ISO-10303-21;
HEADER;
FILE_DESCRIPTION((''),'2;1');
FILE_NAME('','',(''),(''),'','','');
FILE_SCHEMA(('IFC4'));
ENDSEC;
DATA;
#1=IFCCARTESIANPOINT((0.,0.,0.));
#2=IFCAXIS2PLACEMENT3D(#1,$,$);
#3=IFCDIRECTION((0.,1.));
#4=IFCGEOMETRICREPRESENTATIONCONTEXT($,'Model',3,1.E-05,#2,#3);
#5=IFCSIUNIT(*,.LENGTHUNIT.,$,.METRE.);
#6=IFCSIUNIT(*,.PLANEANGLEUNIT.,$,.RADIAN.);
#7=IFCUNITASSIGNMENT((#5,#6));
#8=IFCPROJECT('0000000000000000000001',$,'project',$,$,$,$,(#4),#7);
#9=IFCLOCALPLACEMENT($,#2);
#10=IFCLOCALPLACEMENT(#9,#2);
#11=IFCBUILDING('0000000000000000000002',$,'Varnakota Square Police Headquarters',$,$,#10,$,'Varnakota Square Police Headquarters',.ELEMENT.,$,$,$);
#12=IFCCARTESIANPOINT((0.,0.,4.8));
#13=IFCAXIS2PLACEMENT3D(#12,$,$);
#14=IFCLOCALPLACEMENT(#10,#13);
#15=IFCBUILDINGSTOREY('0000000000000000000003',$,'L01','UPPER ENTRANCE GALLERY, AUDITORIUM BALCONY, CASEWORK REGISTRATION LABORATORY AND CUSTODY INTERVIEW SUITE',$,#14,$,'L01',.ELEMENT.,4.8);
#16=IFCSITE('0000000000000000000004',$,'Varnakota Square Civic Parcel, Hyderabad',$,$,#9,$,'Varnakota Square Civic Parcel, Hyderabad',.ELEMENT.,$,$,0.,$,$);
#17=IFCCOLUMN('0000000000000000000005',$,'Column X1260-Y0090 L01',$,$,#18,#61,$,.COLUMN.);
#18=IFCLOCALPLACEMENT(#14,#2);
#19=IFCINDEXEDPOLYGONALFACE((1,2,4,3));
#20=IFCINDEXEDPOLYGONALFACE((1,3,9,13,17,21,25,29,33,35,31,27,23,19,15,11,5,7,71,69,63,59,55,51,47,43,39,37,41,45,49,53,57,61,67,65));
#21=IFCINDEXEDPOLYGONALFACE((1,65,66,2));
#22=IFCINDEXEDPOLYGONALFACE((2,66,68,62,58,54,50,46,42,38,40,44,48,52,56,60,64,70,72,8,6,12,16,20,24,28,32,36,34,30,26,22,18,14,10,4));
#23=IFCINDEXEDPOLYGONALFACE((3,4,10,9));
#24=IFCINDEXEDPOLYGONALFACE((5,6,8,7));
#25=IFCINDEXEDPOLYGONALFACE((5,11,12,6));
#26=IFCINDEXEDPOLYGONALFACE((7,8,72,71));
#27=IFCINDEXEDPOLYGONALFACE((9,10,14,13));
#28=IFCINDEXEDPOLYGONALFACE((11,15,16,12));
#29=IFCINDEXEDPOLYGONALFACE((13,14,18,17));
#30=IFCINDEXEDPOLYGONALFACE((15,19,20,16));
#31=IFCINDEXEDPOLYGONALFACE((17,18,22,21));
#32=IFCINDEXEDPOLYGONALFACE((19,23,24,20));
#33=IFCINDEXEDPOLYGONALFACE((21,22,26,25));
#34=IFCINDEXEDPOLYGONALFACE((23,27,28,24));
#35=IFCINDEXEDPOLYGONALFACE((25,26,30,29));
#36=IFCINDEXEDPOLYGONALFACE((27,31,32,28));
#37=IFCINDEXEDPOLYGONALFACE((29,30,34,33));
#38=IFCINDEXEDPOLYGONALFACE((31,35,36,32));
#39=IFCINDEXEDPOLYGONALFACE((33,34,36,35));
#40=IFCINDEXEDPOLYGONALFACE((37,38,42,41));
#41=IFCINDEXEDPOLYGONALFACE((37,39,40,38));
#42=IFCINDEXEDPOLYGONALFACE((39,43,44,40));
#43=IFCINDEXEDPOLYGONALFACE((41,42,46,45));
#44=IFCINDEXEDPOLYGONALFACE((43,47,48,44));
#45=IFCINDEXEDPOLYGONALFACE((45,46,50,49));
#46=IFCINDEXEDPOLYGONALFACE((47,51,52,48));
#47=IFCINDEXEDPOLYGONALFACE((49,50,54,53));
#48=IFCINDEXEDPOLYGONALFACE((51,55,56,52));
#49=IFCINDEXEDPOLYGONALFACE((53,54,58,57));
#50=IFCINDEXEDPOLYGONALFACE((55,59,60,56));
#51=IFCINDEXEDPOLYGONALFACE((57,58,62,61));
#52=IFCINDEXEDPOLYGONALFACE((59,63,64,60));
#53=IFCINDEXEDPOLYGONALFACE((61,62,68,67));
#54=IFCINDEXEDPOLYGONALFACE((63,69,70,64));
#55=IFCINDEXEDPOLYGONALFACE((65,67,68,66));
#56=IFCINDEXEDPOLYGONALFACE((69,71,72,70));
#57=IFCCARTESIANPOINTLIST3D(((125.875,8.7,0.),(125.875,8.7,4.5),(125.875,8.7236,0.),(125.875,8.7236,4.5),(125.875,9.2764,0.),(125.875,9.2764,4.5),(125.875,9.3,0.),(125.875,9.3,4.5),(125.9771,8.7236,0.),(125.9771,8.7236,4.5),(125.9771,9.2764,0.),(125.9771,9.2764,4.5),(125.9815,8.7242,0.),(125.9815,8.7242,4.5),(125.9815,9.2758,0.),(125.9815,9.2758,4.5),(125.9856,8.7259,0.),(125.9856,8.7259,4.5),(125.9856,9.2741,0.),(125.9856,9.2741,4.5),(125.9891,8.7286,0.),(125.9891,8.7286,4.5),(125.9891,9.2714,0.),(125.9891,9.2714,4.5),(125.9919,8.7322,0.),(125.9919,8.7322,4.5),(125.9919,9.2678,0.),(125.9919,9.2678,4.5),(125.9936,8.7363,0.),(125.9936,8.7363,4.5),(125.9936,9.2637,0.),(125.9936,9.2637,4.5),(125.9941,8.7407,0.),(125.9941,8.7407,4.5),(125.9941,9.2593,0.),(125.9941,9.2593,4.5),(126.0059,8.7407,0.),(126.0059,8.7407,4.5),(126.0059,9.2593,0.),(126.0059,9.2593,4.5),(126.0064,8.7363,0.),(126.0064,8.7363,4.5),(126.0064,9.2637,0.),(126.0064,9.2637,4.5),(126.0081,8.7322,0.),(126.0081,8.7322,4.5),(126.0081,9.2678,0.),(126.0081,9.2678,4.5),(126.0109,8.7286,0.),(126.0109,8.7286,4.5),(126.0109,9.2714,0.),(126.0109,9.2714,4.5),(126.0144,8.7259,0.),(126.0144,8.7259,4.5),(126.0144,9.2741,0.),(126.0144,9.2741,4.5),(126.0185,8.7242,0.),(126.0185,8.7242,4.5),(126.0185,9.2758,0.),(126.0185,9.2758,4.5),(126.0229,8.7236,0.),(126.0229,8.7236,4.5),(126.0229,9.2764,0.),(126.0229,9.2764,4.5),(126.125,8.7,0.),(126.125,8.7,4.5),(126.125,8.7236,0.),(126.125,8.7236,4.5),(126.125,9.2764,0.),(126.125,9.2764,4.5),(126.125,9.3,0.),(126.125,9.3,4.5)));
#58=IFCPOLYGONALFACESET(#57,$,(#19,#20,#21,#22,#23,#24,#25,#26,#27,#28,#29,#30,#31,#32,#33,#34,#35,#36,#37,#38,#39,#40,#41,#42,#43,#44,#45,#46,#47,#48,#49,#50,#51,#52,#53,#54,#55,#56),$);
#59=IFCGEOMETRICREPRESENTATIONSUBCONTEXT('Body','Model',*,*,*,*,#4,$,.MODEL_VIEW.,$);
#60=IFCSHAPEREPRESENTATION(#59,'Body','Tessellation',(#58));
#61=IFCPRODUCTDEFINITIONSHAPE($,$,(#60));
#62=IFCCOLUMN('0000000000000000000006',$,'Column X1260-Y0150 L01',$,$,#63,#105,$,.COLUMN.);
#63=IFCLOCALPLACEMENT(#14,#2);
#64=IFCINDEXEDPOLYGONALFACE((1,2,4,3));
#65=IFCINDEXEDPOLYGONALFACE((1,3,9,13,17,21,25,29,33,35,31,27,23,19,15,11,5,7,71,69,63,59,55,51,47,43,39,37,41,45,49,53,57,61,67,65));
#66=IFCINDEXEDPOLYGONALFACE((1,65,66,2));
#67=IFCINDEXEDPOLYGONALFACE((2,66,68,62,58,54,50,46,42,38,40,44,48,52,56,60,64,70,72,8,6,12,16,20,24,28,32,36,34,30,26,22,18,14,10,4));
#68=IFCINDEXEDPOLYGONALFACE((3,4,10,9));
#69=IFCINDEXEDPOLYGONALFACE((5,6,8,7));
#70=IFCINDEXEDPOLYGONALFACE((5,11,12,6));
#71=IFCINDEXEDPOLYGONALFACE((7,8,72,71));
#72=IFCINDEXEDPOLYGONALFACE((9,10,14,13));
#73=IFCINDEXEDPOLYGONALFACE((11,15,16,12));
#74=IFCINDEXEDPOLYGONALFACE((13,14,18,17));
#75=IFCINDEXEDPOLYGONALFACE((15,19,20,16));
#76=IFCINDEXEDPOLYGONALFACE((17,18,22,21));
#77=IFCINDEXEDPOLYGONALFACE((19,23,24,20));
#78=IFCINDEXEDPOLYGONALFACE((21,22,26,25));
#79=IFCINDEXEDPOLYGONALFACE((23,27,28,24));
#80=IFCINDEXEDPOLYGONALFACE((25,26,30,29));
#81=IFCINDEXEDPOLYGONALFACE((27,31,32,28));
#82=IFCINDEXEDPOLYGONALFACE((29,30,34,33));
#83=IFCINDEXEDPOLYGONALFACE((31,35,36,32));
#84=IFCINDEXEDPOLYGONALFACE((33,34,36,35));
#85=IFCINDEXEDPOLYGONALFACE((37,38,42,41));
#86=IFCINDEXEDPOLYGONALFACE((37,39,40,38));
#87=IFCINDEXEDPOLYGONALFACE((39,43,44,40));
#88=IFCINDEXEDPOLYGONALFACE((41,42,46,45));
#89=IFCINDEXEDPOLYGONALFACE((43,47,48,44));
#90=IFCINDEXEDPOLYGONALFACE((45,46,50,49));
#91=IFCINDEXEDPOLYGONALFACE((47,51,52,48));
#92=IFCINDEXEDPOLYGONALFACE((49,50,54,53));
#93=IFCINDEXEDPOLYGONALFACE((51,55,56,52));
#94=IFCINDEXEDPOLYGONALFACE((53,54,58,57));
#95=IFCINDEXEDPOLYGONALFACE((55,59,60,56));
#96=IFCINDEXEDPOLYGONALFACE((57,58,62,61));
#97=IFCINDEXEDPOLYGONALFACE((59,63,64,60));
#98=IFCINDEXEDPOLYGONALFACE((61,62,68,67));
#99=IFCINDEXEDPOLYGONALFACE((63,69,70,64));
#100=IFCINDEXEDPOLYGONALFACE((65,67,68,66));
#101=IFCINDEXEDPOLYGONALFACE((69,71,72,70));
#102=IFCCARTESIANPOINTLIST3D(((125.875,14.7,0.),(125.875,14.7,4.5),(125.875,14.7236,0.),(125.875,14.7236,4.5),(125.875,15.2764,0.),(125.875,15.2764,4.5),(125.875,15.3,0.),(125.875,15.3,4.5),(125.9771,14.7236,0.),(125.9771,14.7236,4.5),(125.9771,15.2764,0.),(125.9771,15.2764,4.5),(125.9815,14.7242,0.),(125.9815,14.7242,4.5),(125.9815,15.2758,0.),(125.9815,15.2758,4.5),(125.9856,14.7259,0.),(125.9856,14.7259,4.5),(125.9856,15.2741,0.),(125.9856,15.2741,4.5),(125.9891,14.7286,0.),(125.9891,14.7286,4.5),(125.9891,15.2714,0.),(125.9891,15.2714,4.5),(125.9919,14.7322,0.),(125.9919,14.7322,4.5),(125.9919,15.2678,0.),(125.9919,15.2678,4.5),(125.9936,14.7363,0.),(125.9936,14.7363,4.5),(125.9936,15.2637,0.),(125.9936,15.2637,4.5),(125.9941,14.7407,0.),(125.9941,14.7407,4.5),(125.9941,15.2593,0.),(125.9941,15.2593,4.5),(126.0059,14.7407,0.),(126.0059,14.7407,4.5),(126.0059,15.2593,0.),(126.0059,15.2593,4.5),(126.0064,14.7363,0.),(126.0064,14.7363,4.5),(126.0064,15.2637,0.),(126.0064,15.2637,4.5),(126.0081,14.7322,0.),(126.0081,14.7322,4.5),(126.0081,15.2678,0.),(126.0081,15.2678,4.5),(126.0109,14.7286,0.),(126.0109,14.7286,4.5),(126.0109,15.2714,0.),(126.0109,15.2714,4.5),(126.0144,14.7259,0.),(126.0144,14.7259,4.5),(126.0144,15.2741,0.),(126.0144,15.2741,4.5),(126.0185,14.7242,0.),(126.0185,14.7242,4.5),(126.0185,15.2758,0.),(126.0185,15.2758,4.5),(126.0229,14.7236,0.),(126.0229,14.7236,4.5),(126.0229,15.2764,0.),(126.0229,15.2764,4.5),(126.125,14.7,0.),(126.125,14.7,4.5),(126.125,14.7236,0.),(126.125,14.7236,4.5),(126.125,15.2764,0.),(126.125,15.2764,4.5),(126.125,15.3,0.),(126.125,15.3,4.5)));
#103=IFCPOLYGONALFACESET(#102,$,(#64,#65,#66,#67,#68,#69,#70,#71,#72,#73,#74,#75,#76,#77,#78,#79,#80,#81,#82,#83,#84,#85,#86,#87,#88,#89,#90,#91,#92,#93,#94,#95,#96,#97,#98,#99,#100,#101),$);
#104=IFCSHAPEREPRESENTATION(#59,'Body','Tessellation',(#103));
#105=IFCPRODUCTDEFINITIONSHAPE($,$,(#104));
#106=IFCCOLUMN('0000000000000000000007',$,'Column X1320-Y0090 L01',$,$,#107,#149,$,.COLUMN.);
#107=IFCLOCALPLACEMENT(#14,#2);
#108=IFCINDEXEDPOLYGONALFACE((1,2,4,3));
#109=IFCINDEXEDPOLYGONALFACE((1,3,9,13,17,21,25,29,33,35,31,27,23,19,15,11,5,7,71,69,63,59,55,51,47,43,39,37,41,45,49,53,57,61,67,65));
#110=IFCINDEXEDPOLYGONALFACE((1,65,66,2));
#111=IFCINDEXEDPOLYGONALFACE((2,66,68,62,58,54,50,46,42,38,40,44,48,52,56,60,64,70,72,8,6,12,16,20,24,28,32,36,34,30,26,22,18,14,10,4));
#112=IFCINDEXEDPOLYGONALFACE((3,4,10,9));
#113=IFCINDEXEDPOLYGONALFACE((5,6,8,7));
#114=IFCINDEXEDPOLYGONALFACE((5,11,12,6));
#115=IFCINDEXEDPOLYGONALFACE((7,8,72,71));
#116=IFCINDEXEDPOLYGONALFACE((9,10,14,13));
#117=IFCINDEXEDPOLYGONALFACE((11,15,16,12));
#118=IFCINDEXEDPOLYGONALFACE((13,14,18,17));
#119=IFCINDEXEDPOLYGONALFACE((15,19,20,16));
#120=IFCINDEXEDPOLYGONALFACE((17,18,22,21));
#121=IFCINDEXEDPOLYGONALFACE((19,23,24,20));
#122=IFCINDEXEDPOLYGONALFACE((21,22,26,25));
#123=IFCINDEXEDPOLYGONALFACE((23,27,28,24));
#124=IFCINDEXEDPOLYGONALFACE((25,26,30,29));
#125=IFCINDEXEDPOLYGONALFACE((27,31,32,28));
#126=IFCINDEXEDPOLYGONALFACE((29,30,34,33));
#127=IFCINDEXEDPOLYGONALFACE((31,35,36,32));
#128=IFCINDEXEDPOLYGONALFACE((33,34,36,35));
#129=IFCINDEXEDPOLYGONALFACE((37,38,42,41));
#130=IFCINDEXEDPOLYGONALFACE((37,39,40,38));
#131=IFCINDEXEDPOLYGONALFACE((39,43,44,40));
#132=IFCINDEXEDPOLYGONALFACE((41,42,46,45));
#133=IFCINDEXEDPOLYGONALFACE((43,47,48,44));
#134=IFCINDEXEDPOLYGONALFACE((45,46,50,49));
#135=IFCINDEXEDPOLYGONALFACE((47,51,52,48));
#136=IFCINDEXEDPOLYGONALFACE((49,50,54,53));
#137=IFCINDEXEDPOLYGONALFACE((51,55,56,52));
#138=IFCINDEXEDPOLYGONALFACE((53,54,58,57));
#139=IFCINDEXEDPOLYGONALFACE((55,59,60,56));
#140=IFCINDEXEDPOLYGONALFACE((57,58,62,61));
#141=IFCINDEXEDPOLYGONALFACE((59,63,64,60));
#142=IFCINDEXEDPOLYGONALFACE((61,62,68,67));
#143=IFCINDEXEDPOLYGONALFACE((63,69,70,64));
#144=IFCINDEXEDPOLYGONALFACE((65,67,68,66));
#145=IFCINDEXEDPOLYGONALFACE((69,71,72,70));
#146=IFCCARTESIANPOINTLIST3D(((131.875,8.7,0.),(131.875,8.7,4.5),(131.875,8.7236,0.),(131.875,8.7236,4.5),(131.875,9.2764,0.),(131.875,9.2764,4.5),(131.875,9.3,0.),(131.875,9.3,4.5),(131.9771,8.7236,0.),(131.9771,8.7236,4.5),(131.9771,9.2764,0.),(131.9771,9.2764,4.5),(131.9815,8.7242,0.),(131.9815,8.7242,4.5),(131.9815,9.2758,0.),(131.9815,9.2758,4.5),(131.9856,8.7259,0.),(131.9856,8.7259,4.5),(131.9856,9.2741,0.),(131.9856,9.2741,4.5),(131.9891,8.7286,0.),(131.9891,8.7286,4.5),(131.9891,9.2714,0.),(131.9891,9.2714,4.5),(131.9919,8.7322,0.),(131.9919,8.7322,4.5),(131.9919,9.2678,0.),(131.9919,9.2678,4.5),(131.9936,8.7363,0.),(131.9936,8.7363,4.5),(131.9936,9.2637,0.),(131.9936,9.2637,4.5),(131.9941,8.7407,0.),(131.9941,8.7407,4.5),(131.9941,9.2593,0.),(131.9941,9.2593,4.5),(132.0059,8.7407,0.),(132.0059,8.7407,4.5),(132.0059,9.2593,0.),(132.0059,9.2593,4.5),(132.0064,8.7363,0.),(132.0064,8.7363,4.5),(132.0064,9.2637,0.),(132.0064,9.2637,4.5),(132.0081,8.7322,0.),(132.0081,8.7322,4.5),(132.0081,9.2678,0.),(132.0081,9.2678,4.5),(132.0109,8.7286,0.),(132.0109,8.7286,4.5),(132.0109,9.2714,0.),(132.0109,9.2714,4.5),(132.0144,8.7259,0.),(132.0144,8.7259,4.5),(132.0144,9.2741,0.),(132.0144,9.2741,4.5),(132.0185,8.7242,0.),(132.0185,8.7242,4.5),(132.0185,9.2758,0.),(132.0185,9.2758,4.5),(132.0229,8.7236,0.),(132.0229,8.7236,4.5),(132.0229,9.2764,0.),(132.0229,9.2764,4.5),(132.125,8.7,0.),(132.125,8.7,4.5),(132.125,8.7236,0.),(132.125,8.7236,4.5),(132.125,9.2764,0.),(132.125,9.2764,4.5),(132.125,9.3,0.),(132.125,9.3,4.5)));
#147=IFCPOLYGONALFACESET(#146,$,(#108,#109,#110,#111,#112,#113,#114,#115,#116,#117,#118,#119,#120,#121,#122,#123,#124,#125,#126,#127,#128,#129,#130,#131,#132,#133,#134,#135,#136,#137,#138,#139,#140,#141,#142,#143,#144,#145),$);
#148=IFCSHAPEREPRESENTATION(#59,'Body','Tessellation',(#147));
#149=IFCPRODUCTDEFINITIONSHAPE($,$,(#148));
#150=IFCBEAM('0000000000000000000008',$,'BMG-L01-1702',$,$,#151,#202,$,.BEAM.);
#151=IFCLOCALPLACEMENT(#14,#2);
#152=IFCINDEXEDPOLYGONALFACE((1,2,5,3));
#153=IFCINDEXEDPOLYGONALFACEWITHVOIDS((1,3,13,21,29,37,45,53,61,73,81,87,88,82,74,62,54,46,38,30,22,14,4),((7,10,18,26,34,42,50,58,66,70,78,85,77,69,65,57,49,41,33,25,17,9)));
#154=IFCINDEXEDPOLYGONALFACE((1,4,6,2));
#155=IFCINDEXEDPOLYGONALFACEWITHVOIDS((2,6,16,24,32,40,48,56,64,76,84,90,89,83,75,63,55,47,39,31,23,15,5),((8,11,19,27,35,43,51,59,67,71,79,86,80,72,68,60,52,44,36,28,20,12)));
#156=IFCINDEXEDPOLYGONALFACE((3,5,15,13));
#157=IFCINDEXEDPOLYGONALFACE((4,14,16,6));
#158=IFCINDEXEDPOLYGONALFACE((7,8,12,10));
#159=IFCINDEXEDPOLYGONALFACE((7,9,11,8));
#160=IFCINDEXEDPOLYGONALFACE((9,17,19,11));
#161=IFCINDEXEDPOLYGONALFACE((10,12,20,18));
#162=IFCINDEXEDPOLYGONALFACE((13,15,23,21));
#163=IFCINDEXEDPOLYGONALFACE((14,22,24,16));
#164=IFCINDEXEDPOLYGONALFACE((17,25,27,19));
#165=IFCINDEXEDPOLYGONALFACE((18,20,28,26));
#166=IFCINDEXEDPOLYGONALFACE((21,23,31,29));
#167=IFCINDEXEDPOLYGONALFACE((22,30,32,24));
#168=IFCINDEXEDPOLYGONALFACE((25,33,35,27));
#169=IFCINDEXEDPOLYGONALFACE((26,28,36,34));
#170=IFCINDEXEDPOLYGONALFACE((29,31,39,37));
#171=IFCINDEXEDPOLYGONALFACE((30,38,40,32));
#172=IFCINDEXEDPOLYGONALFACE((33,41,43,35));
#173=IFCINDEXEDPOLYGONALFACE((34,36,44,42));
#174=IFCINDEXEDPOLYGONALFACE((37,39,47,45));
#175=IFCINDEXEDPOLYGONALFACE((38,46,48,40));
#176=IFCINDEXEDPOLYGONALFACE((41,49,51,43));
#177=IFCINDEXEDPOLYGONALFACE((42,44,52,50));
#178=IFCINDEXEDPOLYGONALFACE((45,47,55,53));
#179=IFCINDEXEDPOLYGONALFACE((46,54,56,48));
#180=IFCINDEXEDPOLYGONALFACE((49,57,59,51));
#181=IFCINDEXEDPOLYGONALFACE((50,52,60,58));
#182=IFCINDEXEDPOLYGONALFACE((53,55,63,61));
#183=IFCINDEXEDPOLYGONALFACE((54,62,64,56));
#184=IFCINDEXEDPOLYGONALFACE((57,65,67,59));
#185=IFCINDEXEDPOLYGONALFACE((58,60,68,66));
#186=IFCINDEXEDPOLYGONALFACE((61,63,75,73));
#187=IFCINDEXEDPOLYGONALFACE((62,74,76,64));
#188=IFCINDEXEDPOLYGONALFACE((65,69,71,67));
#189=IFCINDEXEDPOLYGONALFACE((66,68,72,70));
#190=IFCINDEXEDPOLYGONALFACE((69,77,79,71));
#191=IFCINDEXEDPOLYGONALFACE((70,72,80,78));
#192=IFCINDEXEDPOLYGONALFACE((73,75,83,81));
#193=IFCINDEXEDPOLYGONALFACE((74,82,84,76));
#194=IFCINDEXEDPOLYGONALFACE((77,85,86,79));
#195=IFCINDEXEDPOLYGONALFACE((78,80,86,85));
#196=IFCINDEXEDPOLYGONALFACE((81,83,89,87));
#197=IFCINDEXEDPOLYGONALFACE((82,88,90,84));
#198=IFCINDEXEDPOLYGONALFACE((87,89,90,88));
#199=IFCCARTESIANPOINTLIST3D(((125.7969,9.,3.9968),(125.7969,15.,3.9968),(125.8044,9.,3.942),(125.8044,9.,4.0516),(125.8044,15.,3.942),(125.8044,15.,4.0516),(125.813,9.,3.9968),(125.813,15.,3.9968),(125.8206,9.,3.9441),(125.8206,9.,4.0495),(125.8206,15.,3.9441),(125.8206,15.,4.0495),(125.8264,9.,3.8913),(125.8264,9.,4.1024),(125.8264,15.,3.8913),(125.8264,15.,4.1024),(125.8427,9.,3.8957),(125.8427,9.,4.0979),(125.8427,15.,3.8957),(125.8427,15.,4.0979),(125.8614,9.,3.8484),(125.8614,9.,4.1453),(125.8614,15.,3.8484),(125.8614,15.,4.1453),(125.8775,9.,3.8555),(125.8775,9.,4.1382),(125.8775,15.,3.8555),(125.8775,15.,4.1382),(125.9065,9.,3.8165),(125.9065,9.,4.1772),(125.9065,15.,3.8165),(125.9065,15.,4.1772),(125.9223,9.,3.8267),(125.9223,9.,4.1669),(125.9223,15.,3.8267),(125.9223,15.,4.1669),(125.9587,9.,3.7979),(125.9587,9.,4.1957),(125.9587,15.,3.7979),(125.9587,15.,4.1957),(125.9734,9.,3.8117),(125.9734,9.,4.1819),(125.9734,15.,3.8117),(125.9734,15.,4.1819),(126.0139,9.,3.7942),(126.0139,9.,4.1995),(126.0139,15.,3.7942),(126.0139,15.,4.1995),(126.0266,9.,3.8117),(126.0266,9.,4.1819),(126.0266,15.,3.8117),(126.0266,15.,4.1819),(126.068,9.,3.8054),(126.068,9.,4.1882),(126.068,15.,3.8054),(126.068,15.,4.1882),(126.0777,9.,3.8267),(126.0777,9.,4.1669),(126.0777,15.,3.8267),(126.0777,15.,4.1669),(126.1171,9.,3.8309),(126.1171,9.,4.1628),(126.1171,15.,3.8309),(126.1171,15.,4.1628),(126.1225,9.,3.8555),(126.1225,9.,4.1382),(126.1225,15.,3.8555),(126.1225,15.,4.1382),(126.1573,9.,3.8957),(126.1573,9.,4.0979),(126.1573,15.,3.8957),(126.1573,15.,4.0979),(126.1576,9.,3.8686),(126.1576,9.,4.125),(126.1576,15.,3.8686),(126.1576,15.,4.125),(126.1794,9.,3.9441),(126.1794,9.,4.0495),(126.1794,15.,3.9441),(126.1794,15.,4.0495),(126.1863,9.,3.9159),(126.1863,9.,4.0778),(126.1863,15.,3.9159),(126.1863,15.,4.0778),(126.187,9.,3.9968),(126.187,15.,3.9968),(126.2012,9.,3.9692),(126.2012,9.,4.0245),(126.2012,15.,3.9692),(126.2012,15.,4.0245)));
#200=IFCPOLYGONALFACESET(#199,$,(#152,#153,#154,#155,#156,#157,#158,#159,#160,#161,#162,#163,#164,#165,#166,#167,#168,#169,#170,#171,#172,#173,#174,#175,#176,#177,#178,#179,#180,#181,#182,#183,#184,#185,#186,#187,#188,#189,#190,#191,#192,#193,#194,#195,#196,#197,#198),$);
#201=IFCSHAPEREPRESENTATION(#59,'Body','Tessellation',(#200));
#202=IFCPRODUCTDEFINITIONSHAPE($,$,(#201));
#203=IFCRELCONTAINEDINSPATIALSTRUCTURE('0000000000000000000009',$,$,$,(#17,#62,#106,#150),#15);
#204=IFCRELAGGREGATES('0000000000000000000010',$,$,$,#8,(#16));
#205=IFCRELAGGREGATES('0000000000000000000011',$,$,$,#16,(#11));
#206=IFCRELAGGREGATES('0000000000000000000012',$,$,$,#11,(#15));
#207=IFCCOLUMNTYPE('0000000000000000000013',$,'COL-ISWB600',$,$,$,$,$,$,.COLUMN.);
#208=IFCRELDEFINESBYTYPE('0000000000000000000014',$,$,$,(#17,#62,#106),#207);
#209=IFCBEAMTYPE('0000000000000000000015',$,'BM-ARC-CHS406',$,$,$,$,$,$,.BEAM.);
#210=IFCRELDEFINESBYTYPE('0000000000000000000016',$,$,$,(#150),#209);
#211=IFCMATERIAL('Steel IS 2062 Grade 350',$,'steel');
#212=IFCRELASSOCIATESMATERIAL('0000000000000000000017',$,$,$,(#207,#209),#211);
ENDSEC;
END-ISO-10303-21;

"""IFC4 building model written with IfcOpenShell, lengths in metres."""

from ifc_helpers import new_model, si_unit, direction, frame, origin, origin_2d, place, context, subcontext, project, spatial, hollow_circle, i_section, extrude, material, material_profile, profile_set, type_object, element, save


model = new_model("IFC4")

# Units and contexts
model_context = context("Model", 3, precision=1e-05, world=origin(), true_north=direction((0.0, 1.0)))
body_context = subcontext(model_context, "Body", "Model", "MODEL_VIEW")
ifc_project = project(units=[si_unit("LENGTHUNIT", "METRE"), si_unit("PLANEANGLEUNIT", "RADIAN")], contexts=[model_context])

# Site, building, storey
site_placement = place(None, origin())
site = spatial("IfcSite", under=ifc_project, at=site_placement, Name="Varnakota Square Civic Parcel, Hyderabad", LongName="Varnakota Square Civic Parcel, Hyderabad", CompositionType="ELEMENT", RefElevation=0.0)
building_placement = place(site_placement, origin())
building = spatial("IfcBuilding", under=site, at=building_placement, Name="Varnakota Square Police Headquarters", LongName="Varnakota Square Police Headquarters", CompositionType="ELEMENT")
storey_placement = place(building_placement, frame((0.0, 0.0, 4.8)))
storey = spatial("IfcBuildingStorey", under=building, at=storey_placement, Name="L01", Description="UPPER ENTRANCE GALLERY, AUDITORIUM BALCONY, CASEWORK REGISTRATION LABORATORY AND CUSTODY INTERVIEW SUITE", LongName="L01", CompositionType="ELEMENT", Elevation=4.8)

# Columns
ifc_material_1 = material(Name="Steel IS 2062 Grade 350", Category="steel")
ifc_material_profile_1 = material_profile(ifc_material_1, i_section(OverallWidth=0.25, OverallDepth=0.6001, WebThickness=0.0117, FlangeThickness=0.0237, FilletRadius=0.0171, at=origin_2d()), Name="ISWB 600")
ifc_profile_set_1 = profile_set([ifc_material_profile_1], Name="Steel IS 2062 Grade 350")
column_type = type_object("IfcColumnType", Name="COL-ISWB600", PredefinedType="COLUMN", material=ifc_profile_set_1)
for number, where, z_axis, x_axis, name in (
    (1, (126.0, 9.0, 0.0), (0.0, 0.0, 1.0), (1.0, 0.0, 0.0), "Column X1260-Y0090 L01"),
    (2, (126.0, 15.0, 0.0), (0.0, 0.0, 1.0), (1.0, 0.0, 0.0), "Column X1260-Y0150 L01"),
    (3, (132.0, 9.0, 0.0), (0.0, 0.0, 1.0), (1.0, 0.0, 0.0), "Column X1320-Y0090 L01"),
):
    element("IfcColumn", number, at=place(storey_placement, frame(where, z_axis=z_axis, x_axis=x_axis)), inside=storey, type_object=column_type, Name=name, PredefinedType="COLUMN", context=body_context, shape_type="SweptSolid", body=[
        extrude(i_section(OverallWidth=0.25, OverallDepth=0.6001, WebThickness=0.0117, FlangeThickness=0.0237, FilletRadius=0.0171, at=origin_2d()), origin(), (0.0, 0.0, 1.0), 4.5),
    ])

# Beam
ifc_material_profile_2 = material_profile(ifc_material_1, hollow_circle(Radius=0.2031, WallThickness=0.0161, at=origin_2d()), Name="CHS 406.4x16.0")
ifc_profile_set_2 = profile_set([ifc_material_profile_2], Name="Steel IS 2062 Grade 350")
beam_type_1 = type_object("IfcBeamType", Name="BM-ARC-CHS406", PredefinedType="BEAM", material=ifc_profile_set_2)
for number, where, z_axis, x_axis, name in (
    (4, (126.0, 9.0, 3.9968), (0.0, 1.0, 0.0), (-1.0, 0.0, 0.0), "BMG-L01-1702"),
):
    element("IfcBeam", number, at=place(storey_placement, frame(where, z_axis=z_axis, x_axis=x_axis)), inside=storey, type_object=beam_type_1, Name=name, PredefinedType="BEAM", context=body_context, shape_type="SweptSolid", body=[
        extrude(hollow_circle(Radius=0.2031, WallThickness=0.0161, at=origin_2d()), origin(), (0.0, 0.0, 1.0), 6.0),
    ])

save(model, "model.ifc")
